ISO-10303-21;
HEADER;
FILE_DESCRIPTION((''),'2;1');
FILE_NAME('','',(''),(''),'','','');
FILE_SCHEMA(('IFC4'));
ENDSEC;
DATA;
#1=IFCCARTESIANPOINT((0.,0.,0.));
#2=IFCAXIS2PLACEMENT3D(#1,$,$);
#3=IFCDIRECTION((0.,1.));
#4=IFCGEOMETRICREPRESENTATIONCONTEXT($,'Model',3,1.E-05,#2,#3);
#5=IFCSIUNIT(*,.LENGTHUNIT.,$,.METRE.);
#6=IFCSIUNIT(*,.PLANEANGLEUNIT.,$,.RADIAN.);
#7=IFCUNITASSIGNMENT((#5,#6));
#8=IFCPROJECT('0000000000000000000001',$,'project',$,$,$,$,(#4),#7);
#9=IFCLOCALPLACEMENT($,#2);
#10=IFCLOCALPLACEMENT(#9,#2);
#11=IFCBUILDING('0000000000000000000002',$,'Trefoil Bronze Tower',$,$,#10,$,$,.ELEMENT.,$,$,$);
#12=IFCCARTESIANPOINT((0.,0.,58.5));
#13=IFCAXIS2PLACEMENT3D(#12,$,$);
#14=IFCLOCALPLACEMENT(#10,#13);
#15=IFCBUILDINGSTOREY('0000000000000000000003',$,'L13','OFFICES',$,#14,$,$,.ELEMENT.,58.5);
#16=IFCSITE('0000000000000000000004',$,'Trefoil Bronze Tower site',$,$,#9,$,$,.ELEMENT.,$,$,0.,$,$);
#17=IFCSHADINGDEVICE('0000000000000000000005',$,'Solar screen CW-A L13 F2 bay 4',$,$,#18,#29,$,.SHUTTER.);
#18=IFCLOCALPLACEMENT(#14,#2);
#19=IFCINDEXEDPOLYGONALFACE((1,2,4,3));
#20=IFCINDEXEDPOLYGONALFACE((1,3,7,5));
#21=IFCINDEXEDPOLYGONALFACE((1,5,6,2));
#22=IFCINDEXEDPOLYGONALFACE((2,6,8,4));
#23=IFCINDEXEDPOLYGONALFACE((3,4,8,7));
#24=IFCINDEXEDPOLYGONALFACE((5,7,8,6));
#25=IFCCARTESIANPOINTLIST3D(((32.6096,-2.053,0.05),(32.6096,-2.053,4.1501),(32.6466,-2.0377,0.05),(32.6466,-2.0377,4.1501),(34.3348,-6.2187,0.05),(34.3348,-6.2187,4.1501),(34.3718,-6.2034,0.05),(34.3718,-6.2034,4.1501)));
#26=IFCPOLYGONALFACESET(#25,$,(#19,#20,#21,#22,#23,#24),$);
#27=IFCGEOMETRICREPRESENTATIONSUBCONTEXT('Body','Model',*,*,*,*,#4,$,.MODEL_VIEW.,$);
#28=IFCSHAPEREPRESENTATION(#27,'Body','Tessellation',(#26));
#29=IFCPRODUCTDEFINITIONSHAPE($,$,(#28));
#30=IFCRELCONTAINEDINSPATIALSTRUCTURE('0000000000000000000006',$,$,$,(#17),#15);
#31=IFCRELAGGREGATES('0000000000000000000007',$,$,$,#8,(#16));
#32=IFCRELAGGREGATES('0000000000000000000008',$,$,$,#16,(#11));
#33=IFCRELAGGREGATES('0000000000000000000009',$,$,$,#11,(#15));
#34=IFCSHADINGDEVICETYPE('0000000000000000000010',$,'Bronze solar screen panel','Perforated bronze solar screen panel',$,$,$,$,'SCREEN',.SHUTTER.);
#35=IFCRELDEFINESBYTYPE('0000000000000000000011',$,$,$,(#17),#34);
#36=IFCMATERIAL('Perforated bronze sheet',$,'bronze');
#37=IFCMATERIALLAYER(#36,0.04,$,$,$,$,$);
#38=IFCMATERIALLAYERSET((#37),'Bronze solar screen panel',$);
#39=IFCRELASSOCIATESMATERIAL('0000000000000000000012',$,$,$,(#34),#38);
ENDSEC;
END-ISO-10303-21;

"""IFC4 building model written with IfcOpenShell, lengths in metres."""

from ifc_helpers import new_model, si_unit, direction, frame, origin, origin_2d, place, context, subcontext, project, spatial, rectangle, extrude, material, layer, layer_set, type_object, element, save


model = new_model("IFC4")

# Units and contexts
model_context = context("Model", 3, precision=1e-05, world=origin(), true_north=direction((0.0, 1.0)))
body_context = subcontext(model_context, "Body", "Model", "MODEL_VIEW")
ifc_project = project(units=[si_unit("LENGTHUNIT", "METRE"), si_unit("PLANEANGLEUNIT", "RADIAN")], contexts=[model_context])

# Site, building, storey
site_placement = place(None, origin())
site = spatial("IfcSite", under=ifc_project, at=site_placement, Name="Trefoil Bronze Tower site", CompositionType="ELEMENT", RefElevation=0.0)
building_placement = place(site_placement, origin())
building = spatial("IfcBuilding", under=site, at=building_placement, Name="Trefoil Bronze Tower", CompositionType="ELEMENT")
storey_placement = place(building_placement, frame((0.0, 0.0, 58.5)))
storey = spatial("IfcBuildingStorey", under=building, at=storey_placement, Name="L13", Description="OFFICES", CompositionType="ELEMENT", Elevation=58.5)

# Shading device
ifc_material_1 = material(Name="Perforated bronze sheet", Category="bronze")
ifc_layer_1 = layer(ifc_material_1, 0.04)
ifc_layer_set_1 = layer_set([ifc_layer_1], Name="Bronze solar screen panel")
shading_device_type = type_object("IfcShadingDeviceType", Name="Bronze solar screen panel", Description="Perforated bronze solar screen panel", ElementType="SCREEN", PredefinedType="SHUTTER", material=ifc_layer_set_1)
shading_device_1_placement = place(storey_placement, frame((33.4907, -4.1282, 0.05), z_axis=(0.0, 0.0, 1.0), x_axis=(-0.38263, 0.923902, 0.0)))
element("IfcShadingDevice", 1, at=shading_device_1_placement, inside=storey, type_object=shading_device_type, Name="Solar screen CW-A L13 F2 bay 4", PredefinedType="SHUTTER", context=body_context, shape_type="SweptSolid", body=[
    extrude(rectangle(XDim=4.5088, YDim=0.04, at=origin_2d()), origin(), (0.0, 0.0, 1.0), 4.1001),
])

save(model, "model.ifc")
